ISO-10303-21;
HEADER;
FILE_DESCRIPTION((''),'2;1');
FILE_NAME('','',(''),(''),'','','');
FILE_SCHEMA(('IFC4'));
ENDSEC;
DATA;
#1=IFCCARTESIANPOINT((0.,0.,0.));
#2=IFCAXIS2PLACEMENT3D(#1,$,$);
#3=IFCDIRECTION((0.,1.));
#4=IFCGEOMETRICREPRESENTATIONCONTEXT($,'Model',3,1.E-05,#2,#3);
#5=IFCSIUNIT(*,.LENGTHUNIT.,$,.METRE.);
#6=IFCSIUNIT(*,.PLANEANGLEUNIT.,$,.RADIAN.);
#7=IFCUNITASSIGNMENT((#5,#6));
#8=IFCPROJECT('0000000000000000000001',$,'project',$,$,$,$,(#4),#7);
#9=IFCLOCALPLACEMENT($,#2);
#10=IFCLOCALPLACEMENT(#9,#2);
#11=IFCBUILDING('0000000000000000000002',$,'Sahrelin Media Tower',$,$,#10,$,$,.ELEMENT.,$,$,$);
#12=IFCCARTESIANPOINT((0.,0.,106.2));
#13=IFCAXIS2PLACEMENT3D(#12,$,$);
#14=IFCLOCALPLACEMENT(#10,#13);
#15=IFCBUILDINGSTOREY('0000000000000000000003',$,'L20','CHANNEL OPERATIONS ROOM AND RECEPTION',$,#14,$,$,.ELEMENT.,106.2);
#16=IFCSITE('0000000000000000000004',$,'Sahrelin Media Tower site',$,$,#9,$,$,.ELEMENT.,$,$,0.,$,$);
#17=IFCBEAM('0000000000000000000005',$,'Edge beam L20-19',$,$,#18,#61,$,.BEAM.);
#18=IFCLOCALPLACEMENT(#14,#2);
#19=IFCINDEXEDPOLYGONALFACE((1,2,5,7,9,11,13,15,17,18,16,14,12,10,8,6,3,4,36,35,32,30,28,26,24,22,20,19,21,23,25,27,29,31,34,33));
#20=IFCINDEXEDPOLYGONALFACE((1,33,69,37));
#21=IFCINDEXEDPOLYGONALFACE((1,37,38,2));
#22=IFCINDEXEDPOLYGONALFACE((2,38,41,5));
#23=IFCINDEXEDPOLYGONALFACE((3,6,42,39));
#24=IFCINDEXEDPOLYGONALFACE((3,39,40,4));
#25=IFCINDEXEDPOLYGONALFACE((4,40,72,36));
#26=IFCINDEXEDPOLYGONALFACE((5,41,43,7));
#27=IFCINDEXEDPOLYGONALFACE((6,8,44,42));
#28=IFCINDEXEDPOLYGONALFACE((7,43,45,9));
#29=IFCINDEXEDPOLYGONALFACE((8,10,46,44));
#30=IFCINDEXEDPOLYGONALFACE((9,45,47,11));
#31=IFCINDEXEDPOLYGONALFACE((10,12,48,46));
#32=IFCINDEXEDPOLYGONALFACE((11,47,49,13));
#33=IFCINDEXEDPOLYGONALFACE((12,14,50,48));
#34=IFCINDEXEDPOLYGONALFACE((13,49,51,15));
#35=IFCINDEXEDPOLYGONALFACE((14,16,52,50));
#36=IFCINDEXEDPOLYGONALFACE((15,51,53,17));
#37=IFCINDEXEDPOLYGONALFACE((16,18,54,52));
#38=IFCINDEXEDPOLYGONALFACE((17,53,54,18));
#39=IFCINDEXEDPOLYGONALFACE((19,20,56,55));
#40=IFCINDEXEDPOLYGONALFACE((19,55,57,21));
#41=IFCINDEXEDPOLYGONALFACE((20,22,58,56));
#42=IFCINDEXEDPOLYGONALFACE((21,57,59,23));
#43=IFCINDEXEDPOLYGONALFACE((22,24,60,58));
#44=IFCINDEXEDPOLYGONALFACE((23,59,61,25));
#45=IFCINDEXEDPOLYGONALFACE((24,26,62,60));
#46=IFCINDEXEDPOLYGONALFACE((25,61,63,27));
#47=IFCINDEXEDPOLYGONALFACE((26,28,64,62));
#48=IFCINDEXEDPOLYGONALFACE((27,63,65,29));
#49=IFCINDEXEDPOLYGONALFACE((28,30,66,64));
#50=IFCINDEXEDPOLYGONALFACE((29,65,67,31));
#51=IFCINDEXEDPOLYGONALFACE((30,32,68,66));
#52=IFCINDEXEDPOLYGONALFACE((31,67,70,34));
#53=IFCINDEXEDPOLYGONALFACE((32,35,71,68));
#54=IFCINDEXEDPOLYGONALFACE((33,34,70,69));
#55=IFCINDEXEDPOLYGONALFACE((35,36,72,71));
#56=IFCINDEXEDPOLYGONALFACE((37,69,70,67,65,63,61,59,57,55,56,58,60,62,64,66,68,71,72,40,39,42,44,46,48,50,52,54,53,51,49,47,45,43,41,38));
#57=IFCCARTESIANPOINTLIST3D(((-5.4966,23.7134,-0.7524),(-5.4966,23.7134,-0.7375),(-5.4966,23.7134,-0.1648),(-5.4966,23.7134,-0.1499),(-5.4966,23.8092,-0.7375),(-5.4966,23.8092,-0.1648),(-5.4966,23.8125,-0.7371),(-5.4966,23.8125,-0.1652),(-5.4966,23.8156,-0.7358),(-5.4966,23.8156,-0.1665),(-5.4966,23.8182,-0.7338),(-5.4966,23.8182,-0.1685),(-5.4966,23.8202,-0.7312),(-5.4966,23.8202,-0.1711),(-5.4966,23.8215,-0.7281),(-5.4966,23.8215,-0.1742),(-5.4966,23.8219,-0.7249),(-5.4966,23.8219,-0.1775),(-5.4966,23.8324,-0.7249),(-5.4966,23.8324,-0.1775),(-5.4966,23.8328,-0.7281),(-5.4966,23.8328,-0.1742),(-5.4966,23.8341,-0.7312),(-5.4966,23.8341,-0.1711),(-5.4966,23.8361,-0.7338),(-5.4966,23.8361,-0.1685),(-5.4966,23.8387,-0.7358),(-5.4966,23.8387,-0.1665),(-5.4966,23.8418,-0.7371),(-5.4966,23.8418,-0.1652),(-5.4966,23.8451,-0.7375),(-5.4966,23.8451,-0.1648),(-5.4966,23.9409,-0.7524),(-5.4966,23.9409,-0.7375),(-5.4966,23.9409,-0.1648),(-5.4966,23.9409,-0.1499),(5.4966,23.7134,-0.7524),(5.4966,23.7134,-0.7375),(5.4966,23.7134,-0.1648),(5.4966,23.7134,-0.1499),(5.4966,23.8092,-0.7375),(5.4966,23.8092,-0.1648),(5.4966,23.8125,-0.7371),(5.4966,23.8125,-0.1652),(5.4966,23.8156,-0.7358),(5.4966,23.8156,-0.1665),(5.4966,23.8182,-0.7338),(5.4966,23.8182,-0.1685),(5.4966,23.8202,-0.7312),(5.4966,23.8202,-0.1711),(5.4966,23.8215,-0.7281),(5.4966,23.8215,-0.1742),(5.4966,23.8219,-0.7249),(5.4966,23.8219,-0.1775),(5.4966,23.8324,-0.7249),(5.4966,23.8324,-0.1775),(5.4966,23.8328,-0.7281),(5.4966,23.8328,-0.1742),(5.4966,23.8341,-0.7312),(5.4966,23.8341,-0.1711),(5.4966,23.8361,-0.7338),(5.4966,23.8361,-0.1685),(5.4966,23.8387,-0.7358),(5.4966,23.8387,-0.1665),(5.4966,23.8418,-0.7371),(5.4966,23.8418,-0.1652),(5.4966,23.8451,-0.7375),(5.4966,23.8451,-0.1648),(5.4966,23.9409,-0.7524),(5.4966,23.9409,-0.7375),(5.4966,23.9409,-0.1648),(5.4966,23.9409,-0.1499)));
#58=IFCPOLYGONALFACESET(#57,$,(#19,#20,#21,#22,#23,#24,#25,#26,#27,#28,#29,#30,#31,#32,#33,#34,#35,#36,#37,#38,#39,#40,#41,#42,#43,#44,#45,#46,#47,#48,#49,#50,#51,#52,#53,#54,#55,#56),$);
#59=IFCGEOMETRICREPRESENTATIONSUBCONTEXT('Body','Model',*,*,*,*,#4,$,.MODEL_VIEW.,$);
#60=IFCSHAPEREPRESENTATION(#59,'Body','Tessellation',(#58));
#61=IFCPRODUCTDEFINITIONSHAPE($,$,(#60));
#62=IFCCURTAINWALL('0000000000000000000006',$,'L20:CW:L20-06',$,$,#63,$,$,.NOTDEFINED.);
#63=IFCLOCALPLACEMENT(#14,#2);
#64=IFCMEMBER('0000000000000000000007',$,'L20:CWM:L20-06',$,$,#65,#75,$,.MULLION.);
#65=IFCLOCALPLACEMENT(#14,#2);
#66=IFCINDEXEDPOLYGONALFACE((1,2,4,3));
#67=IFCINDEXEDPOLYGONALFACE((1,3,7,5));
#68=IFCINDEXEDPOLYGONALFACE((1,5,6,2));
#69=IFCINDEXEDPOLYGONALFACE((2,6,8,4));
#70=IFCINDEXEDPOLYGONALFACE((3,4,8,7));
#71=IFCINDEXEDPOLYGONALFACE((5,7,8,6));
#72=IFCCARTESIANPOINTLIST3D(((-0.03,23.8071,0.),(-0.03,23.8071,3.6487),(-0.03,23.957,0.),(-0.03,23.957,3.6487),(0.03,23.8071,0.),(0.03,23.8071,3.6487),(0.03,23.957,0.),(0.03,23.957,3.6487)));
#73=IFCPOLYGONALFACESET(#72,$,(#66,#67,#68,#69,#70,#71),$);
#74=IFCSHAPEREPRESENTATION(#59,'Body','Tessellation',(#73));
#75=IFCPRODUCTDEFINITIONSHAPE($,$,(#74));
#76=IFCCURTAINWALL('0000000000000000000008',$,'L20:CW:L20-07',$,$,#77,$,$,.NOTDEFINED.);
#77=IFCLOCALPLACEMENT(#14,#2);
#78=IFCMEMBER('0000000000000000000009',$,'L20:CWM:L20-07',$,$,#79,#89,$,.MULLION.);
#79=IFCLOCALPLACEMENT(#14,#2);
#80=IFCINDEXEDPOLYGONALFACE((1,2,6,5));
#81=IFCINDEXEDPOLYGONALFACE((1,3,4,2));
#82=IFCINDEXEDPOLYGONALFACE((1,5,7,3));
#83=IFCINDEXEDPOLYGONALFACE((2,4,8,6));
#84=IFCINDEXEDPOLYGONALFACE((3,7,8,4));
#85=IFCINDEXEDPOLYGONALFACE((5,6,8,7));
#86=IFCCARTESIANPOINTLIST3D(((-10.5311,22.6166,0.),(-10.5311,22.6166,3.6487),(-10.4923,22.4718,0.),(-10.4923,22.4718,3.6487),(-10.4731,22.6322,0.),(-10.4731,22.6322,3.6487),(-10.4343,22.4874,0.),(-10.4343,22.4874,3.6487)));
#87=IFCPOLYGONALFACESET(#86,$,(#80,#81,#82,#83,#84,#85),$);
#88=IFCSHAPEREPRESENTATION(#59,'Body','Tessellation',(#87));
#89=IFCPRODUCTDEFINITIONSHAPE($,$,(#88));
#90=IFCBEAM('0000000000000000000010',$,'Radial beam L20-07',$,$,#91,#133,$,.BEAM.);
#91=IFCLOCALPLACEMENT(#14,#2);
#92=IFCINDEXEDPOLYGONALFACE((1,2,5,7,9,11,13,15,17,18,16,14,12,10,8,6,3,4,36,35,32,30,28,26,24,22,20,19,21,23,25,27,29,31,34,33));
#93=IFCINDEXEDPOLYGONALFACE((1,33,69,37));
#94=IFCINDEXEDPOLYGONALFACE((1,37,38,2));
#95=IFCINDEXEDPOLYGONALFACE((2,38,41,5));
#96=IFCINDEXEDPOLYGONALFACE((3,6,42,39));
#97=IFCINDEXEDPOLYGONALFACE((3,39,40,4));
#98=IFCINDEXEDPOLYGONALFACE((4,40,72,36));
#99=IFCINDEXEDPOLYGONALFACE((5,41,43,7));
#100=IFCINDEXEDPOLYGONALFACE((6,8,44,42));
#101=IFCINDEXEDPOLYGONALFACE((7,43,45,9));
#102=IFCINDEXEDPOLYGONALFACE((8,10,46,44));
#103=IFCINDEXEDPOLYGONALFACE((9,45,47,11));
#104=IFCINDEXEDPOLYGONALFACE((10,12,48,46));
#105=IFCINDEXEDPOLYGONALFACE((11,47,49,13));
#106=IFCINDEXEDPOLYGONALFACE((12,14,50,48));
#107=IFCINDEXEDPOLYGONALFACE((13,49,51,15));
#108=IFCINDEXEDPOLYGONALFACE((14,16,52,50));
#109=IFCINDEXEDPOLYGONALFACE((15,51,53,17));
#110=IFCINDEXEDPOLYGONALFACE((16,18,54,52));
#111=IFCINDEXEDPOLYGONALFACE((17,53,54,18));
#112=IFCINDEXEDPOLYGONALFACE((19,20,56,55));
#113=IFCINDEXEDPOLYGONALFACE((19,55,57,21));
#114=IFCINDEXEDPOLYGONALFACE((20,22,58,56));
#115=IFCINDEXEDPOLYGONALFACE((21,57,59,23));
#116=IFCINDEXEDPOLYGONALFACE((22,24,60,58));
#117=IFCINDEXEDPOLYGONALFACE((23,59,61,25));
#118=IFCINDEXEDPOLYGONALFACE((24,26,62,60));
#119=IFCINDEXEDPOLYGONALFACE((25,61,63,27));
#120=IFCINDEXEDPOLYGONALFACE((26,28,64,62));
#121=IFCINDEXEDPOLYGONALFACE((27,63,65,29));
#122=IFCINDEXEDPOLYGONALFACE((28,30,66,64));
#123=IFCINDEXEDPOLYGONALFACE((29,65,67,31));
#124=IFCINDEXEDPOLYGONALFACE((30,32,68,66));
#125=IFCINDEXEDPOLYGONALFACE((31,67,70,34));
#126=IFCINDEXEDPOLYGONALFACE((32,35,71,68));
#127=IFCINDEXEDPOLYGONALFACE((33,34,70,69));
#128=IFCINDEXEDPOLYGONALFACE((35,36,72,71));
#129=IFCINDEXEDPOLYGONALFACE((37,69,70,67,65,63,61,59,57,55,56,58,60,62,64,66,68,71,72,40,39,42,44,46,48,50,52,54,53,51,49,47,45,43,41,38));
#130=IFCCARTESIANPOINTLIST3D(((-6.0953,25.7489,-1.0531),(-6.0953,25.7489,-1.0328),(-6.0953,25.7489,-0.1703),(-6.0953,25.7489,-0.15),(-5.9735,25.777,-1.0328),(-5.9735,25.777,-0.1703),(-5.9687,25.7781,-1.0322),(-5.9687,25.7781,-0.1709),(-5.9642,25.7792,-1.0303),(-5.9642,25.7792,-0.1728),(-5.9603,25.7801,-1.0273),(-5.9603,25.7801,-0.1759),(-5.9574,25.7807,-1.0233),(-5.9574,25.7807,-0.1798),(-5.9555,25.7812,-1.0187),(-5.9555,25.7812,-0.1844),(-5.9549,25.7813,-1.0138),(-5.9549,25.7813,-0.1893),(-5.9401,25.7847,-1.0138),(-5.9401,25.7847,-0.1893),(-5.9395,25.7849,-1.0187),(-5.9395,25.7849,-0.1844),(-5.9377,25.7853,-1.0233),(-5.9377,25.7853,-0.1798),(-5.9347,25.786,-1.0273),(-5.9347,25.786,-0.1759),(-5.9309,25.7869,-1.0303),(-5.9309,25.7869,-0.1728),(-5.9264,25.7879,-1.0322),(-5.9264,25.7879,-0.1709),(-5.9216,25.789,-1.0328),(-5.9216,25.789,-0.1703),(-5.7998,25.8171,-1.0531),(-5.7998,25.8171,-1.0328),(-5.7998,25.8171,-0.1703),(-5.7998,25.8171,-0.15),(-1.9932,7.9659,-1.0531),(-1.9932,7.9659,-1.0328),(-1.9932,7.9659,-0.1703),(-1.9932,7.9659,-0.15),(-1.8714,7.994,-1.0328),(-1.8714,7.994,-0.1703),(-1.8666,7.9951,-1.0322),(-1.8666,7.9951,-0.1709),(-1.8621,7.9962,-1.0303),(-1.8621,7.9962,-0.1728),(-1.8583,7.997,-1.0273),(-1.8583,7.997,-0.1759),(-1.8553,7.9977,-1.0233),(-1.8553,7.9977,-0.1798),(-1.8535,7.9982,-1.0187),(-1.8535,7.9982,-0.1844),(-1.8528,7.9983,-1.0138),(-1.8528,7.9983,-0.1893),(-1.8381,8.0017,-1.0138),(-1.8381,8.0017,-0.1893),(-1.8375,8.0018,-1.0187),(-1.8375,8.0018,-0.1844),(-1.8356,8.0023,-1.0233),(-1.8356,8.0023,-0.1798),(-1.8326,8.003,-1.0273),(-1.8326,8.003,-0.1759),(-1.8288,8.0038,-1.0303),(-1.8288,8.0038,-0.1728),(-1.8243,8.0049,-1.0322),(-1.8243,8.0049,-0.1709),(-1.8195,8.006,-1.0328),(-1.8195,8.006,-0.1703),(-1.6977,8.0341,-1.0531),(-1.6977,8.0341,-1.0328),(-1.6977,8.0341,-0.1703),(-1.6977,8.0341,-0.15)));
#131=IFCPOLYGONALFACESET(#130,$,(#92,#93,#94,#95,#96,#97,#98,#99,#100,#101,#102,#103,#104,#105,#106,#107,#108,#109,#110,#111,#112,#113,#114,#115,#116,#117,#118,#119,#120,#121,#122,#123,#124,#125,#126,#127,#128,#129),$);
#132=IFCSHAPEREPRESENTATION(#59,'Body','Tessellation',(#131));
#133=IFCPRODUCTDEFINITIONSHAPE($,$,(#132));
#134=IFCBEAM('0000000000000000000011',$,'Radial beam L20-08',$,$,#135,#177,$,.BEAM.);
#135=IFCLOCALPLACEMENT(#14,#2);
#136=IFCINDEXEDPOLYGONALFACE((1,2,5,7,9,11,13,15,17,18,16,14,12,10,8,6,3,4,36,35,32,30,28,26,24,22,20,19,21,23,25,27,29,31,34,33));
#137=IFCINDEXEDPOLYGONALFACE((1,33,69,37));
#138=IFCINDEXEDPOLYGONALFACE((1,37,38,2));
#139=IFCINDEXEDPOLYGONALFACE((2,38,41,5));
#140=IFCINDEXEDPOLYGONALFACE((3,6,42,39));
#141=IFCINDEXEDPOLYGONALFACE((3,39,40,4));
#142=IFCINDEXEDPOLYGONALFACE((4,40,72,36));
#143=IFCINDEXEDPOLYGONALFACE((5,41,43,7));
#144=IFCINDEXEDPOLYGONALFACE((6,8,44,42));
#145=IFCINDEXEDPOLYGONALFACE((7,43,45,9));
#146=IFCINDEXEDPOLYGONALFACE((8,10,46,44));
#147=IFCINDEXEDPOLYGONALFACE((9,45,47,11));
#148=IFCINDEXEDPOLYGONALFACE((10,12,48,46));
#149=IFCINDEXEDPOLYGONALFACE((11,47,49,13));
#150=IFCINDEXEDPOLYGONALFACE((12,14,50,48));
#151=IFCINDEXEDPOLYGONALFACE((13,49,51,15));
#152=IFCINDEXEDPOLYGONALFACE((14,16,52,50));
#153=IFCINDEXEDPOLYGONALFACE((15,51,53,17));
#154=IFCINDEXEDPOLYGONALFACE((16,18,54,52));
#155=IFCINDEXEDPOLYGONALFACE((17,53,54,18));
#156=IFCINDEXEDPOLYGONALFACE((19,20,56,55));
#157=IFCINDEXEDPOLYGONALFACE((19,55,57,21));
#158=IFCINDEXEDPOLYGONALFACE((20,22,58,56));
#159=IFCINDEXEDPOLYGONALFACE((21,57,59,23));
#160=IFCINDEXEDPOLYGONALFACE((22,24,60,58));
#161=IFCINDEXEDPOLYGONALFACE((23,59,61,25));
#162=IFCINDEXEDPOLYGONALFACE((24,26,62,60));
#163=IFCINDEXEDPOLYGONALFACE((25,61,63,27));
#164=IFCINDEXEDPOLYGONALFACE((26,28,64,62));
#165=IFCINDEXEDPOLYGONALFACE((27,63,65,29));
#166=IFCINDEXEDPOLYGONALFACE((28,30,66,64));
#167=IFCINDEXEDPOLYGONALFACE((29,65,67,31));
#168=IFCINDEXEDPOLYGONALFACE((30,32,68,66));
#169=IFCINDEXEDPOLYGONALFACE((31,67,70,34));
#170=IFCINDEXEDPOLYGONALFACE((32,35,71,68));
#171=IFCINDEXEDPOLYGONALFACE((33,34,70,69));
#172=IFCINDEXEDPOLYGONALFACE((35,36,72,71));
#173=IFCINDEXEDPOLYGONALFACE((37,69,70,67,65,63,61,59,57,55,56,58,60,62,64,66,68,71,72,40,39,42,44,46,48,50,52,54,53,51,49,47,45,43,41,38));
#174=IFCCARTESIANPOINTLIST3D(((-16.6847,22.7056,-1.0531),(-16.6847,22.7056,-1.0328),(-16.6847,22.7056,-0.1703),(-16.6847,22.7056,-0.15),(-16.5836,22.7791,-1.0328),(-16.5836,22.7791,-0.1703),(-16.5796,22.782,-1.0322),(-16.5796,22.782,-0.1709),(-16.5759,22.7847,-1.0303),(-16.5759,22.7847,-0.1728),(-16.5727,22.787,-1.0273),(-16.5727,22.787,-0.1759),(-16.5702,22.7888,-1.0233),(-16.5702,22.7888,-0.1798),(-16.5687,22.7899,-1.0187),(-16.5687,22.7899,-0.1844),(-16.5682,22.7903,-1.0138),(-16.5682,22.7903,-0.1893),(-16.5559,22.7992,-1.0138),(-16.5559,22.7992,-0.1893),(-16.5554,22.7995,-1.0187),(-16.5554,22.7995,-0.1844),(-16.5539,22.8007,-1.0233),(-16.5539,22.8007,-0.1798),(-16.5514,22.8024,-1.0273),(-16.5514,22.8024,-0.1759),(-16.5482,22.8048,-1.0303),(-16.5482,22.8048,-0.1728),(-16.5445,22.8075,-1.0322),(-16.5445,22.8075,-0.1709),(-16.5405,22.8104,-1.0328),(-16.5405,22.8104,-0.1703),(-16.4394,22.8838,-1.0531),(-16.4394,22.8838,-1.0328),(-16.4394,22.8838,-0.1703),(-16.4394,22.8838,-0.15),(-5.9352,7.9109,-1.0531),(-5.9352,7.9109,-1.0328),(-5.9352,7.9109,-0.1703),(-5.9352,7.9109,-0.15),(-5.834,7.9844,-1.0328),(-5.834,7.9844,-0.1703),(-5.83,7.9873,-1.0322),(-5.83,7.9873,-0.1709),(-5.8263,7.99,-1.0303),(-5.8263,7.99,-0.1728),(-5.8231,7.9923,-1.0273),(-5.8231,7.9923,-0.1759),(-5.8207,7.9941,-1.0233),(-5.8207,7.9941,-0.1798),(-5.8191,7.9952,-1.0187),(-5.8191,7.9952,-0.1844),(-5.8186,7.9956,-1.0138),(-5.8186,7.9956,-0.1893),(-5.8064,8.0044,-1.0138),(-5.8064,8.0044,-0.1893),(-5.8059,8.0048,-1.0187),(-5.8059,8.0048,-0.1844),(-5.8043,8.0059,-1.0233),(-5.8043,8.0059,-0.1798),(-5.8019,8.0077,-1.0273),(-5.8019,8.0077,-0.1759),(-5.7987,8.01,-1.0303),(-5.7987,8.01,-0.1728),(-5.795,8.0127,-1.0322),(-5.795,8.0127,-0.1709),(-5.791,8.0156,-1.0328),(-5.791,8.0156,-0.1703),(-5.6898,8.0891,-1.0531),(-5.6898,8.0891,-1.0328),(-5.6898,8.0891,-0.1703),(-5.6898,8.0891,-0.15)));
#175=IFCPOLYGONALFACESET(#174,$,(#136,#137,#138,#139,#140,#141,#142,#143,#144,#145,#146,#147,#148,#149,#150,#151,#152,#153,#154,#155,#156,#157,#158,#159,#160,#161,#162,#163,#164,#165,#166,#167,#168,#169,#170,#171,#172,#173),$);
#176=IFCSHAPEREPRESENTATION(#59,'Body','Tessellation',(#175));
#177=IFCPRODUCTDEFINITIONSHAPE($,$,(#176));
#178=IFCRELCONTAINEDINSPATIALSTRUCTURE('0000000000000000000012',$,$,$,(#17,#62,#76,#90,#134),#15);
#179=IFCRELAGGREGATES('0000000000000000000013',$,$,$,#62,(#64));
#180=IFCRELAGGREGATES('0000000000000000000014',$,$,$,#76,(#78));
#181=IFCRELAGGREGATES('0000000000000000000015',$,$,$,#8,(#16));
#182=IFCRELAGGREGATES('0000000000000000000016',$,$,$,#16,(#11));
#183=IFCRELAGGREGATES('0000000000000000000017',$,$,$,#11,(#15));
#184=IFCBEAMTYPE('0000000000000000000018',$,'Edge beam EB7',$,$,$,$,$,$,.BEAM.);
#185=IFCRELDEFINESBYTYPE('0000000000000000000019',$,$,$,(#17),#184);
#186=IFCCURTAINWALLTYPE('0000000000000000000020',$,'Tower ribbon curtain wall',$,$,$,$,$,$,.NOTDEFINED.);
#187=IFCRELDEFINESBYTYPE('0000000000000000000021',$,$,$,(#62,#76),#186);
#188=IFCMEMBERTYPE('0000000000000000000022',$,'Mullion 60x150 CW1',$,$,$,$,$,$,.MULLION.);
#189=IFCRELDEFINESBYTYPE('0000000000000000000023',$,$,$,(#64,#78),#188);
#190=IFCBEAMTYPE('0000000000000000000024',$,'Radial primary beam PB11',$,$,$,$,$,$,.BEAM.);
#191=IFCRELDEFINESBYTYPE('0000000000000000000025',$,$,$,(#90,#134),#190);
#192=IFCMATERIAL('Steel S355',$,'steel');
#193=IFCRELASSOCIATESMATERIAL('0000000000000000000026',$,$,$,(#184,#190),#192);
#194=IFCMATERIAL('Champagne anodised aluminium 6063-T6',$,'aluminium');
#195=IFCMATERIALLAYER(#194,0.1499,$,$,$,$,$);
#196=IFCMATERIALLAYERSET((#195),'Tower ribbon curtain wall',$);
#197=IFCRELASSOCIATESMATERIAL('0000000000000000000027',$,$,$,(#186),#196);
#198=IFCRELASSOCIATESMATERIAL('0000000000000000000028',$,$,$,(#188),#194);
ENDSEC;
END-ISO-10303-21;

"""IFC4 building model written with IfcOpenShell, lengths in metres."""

from ifc_helpers import new_model, si_unit, direction, frame, origin, origin_2d, place, context, subcontext, project, spatial, rectangle, i_section, extrude, material, layer, layer_set, material_profile, profile_set, type_object, element, aggregate, save


model = new_model("IFC4")

# Units and contexts
model_context = context("Model", 3, precision=1e-05, world=origin(), true_north=direction((0.0, 1.0)))
body_context = subcontext(model_context, "Body", "Model", "MODEL_VIEW")
ifc_project = project(units=[si_unit("LENGTHUNIT", "METRE"), si_unit("PLANEANGLEUNIT", "RADIAN")], contexts=[model_context])

# Site, building, storey
site_placement = place(None, origin())
site = spatial("IfcSite", under=ifc_project, at=site_placement, Name="Sahrelin Media Tower site", CompositionType="ELEMENT", RefElevation=0.0)
building_placement = place(site_placement, origin())
building = spatial("IfcBuilding", under=site, at=building_placement, Name="Sahrelin Media Tower", CompositionType="ELEMENT")
storey_placement = place(building_placement, frame((0.0, 0.0, 106.2)))
storey = spatial("IfcBuildingStorey", under=building, at=storey_placement, Name="L20", Description="CHANNEL OPERATIONS ROOM AND RECEPTION", CompositionType="ELEMENT", Elevation=106.2)

# Beam
ifc_material_1 = material(Name="Steel S355", Category="steel")
ifc_material_profile_1 = material_profile(ifc_material_1, i_section(OverallWidth=0.2275, OverallDepth=0.6025, WebThickness=0.0105, FlangeThickness=0.0149, FilletRadius=0.0127, at=origin_2d()), Name="UB 610x229x101")
ifc_profile_set_1 = profile_set([ifc_material_profile_1], Name="Steel S355")
beam_type_1 = type_object("IfcBeamType", Name="Edge beam EB7", PredefinedType="BEAM", material=ifc_profile_set_1)
beam_1_placement = place(storey_placement, frame((-5.4966, 23.8271, -0.4512), z_axis=(1.0, 0.0, 0.0), x_axis=(0.0, 1.0, 0.0)))
element("IfcBeam", 1, at=beam_1_placement, inside=storey, type_object=beam_type_1, Name="Edge beam L20-19", PredefinedType="BEAM", context=body_context, shape_type="SweptSolid", body=[
    extrude(i_section(OverallWidth=0.2275, OverallDepth=0.6025, WebThickness=0.0105, FlangeThickness=0.0149, FilletRadius=0.0127, at=origin_2d()), origin(), (0.0, 0.0, 1.0), 10.9932),
])

# Curtain walls, members
ifc_material_2 = material(Name="Champagne anodised aluminium 6063-T6", Category="aluminium")
ifc_layer_1 = layer(ifc_material_2, 0.1499)
ifc_layer_set_1 = layer_set([ifc_layer_1], Name="Tower ribbon curtain wall")
curtain_wall_type = type_object("IfcCurtainWallType", Name="Tower ribbon curtain wall", PredefinedType="NOTDEFINED", material=ifc_layer_set_1)
placement_1 = place(storey_placement, frame((0.0, 23.9771, 0.0), z_axis=(0.0, 0.0, 1.0), x_axis=(1.0, 0.0, 0.0)))
curtain_wall_1 = element("IfcCurtainWall", 2, at=placement_1, inside=storey, type_object=curtain_wall_type, Name="L20:CW:L20-06", PredefinedType="NOTDEFINED")
ifc_material_profile_2 = material_profile(ifc_material_2, rectangle(XDim=0.0601, YDim=0.1499, at=origin_2d()), Name="Mullion 60x150")
ifc_profile_set_2 = profile_set([ifc_material_profile_2], Name="Champagne anodised aluminium 6063-T6")
member_type_1 = type_object("IfcMemberType", Name="Mullion 60x150 CW1", PredefinedType="MULLION", material=ifc_profile_set_2)
member_1_placement = place(storey_placement, frame((0.0, 23.8821, 0.0), z_axis=(0.0, 0.0, 1.0), x_axis=(-1.0, 0.0, 0.0)))
member_1 = element("IfcMember", 3, at=member_1_placement, type_object=member_type_1, Name="L20:CWM:L20-06", PredefinedType="MULLION", context=body_context, shape_type="SweptSolid", body=[
    extrude(rectangle(XDim=0.0601, YDim=0.1499, at=origin_2d()), origin(), (0.0, 0.0, 1.0), 3.6487),
])
aggregate(curtain_wall_1, [member_1])
curtain_wall_2_placement = place(storey_placement, frame((-10.5071, 22.6438, 0.0), z_axis=(0.0, 0.0, 1.0), x_axis=(1.0, 0.0, 0.0)))
curtain_wall_2 = element("IfcCurtainWall", 4, at=curtain_wall_2_placement, inside=storey, type_object=curtain_wall_type, Name="L20:CW:L20-07", PredefinedType="NOTDEFINED")
member_2_placement = place(storey_placement, frame((-10.4827, 22.552, 0.0), z_axis=(0.0, 0.0, 1.0), x_axis=(-0.965926, -0.258817, 0.0)))
member_2 = element("IfcMember", 5, at=member_2_placement, type_object=member_type_1, Name="L20:CWM:L20-07", PredefinedType="MULLION", context=body_context, shape_type="SweptSolid", body=[
    extrude(rectangle(XDim=0.0601, YDim=0.1499, at=origin_2d()), origin(), (0.0, 0.0, 1.0), 3.6487),
])

# Beams
ifc_material_profile_3 = material_profile(ifc_material_1, i_section(OverallWidth=0.3032, OverallDepth=0.9031, WebThickness=0.0151, FlangeThickness=0.0203, FilletRadius=0.019, at=origin_2d()), Name="UB 914x305x201")
ifc_profile_set_3 = profile_set([ifc_material_profile_3], Name="Steel S355")
beam_type_2 = type_object("IfcBeamType", Name="Radial primary beam PB11", PredefinedType="BEAM", material=ifc_profile_set_3)
beam_2_placement = place(storey_placement, frame((-1.8455, 8.0, -0.6016), z_axis=(-0.224771, 0.974412, 0.0), x_axis=(-0.974412, -0.224771, 0.0)))
element("IfcBeam", 6, at=beam_2_placement, inside=storey, type_object=beam_type_2, Name="Radial beam L20-07", PredefinedType="BEAM", context=body_context, shape_type="SweptSolid", body=[
    extrude(i_section(OverallWidth=0.3032, OverallDepth=0.9031, WebThickness=0.0151, FlangeThickness=0.0203, FilletRadius=0.019, at=origin_2d()), origin(), (0.0, 0.0, 1.0), 18.25),
])
beam_3_placement = place(storey_placement, frame((-5.8125, 8.0, -0.6016), z_axis=(-0.587805, 0.809003, 0.0), x_axis=(-0.809003, -0.587805, 0.0)))
element("IfcBeam", 7, at=beam_3_placement, inside=storey, type_object=beam_type_2, Name="Radial beam L20-08", PredefinedType="BEAM", context=body_context, shape_type="SweptSolid", body=[
    extrude(i_section(OverallWidth=0.3032, OverallDepth=0.9031, WebThickness=0.0151, FlangeThickness=0.0203, FilletRadius=0.019, at=origin_2d()), origin(), (0.0, 0.0, 1.0), 18.2876),
])

aggregate(curtain_wall_2, [member_2])

save(model, "model.ifc")
